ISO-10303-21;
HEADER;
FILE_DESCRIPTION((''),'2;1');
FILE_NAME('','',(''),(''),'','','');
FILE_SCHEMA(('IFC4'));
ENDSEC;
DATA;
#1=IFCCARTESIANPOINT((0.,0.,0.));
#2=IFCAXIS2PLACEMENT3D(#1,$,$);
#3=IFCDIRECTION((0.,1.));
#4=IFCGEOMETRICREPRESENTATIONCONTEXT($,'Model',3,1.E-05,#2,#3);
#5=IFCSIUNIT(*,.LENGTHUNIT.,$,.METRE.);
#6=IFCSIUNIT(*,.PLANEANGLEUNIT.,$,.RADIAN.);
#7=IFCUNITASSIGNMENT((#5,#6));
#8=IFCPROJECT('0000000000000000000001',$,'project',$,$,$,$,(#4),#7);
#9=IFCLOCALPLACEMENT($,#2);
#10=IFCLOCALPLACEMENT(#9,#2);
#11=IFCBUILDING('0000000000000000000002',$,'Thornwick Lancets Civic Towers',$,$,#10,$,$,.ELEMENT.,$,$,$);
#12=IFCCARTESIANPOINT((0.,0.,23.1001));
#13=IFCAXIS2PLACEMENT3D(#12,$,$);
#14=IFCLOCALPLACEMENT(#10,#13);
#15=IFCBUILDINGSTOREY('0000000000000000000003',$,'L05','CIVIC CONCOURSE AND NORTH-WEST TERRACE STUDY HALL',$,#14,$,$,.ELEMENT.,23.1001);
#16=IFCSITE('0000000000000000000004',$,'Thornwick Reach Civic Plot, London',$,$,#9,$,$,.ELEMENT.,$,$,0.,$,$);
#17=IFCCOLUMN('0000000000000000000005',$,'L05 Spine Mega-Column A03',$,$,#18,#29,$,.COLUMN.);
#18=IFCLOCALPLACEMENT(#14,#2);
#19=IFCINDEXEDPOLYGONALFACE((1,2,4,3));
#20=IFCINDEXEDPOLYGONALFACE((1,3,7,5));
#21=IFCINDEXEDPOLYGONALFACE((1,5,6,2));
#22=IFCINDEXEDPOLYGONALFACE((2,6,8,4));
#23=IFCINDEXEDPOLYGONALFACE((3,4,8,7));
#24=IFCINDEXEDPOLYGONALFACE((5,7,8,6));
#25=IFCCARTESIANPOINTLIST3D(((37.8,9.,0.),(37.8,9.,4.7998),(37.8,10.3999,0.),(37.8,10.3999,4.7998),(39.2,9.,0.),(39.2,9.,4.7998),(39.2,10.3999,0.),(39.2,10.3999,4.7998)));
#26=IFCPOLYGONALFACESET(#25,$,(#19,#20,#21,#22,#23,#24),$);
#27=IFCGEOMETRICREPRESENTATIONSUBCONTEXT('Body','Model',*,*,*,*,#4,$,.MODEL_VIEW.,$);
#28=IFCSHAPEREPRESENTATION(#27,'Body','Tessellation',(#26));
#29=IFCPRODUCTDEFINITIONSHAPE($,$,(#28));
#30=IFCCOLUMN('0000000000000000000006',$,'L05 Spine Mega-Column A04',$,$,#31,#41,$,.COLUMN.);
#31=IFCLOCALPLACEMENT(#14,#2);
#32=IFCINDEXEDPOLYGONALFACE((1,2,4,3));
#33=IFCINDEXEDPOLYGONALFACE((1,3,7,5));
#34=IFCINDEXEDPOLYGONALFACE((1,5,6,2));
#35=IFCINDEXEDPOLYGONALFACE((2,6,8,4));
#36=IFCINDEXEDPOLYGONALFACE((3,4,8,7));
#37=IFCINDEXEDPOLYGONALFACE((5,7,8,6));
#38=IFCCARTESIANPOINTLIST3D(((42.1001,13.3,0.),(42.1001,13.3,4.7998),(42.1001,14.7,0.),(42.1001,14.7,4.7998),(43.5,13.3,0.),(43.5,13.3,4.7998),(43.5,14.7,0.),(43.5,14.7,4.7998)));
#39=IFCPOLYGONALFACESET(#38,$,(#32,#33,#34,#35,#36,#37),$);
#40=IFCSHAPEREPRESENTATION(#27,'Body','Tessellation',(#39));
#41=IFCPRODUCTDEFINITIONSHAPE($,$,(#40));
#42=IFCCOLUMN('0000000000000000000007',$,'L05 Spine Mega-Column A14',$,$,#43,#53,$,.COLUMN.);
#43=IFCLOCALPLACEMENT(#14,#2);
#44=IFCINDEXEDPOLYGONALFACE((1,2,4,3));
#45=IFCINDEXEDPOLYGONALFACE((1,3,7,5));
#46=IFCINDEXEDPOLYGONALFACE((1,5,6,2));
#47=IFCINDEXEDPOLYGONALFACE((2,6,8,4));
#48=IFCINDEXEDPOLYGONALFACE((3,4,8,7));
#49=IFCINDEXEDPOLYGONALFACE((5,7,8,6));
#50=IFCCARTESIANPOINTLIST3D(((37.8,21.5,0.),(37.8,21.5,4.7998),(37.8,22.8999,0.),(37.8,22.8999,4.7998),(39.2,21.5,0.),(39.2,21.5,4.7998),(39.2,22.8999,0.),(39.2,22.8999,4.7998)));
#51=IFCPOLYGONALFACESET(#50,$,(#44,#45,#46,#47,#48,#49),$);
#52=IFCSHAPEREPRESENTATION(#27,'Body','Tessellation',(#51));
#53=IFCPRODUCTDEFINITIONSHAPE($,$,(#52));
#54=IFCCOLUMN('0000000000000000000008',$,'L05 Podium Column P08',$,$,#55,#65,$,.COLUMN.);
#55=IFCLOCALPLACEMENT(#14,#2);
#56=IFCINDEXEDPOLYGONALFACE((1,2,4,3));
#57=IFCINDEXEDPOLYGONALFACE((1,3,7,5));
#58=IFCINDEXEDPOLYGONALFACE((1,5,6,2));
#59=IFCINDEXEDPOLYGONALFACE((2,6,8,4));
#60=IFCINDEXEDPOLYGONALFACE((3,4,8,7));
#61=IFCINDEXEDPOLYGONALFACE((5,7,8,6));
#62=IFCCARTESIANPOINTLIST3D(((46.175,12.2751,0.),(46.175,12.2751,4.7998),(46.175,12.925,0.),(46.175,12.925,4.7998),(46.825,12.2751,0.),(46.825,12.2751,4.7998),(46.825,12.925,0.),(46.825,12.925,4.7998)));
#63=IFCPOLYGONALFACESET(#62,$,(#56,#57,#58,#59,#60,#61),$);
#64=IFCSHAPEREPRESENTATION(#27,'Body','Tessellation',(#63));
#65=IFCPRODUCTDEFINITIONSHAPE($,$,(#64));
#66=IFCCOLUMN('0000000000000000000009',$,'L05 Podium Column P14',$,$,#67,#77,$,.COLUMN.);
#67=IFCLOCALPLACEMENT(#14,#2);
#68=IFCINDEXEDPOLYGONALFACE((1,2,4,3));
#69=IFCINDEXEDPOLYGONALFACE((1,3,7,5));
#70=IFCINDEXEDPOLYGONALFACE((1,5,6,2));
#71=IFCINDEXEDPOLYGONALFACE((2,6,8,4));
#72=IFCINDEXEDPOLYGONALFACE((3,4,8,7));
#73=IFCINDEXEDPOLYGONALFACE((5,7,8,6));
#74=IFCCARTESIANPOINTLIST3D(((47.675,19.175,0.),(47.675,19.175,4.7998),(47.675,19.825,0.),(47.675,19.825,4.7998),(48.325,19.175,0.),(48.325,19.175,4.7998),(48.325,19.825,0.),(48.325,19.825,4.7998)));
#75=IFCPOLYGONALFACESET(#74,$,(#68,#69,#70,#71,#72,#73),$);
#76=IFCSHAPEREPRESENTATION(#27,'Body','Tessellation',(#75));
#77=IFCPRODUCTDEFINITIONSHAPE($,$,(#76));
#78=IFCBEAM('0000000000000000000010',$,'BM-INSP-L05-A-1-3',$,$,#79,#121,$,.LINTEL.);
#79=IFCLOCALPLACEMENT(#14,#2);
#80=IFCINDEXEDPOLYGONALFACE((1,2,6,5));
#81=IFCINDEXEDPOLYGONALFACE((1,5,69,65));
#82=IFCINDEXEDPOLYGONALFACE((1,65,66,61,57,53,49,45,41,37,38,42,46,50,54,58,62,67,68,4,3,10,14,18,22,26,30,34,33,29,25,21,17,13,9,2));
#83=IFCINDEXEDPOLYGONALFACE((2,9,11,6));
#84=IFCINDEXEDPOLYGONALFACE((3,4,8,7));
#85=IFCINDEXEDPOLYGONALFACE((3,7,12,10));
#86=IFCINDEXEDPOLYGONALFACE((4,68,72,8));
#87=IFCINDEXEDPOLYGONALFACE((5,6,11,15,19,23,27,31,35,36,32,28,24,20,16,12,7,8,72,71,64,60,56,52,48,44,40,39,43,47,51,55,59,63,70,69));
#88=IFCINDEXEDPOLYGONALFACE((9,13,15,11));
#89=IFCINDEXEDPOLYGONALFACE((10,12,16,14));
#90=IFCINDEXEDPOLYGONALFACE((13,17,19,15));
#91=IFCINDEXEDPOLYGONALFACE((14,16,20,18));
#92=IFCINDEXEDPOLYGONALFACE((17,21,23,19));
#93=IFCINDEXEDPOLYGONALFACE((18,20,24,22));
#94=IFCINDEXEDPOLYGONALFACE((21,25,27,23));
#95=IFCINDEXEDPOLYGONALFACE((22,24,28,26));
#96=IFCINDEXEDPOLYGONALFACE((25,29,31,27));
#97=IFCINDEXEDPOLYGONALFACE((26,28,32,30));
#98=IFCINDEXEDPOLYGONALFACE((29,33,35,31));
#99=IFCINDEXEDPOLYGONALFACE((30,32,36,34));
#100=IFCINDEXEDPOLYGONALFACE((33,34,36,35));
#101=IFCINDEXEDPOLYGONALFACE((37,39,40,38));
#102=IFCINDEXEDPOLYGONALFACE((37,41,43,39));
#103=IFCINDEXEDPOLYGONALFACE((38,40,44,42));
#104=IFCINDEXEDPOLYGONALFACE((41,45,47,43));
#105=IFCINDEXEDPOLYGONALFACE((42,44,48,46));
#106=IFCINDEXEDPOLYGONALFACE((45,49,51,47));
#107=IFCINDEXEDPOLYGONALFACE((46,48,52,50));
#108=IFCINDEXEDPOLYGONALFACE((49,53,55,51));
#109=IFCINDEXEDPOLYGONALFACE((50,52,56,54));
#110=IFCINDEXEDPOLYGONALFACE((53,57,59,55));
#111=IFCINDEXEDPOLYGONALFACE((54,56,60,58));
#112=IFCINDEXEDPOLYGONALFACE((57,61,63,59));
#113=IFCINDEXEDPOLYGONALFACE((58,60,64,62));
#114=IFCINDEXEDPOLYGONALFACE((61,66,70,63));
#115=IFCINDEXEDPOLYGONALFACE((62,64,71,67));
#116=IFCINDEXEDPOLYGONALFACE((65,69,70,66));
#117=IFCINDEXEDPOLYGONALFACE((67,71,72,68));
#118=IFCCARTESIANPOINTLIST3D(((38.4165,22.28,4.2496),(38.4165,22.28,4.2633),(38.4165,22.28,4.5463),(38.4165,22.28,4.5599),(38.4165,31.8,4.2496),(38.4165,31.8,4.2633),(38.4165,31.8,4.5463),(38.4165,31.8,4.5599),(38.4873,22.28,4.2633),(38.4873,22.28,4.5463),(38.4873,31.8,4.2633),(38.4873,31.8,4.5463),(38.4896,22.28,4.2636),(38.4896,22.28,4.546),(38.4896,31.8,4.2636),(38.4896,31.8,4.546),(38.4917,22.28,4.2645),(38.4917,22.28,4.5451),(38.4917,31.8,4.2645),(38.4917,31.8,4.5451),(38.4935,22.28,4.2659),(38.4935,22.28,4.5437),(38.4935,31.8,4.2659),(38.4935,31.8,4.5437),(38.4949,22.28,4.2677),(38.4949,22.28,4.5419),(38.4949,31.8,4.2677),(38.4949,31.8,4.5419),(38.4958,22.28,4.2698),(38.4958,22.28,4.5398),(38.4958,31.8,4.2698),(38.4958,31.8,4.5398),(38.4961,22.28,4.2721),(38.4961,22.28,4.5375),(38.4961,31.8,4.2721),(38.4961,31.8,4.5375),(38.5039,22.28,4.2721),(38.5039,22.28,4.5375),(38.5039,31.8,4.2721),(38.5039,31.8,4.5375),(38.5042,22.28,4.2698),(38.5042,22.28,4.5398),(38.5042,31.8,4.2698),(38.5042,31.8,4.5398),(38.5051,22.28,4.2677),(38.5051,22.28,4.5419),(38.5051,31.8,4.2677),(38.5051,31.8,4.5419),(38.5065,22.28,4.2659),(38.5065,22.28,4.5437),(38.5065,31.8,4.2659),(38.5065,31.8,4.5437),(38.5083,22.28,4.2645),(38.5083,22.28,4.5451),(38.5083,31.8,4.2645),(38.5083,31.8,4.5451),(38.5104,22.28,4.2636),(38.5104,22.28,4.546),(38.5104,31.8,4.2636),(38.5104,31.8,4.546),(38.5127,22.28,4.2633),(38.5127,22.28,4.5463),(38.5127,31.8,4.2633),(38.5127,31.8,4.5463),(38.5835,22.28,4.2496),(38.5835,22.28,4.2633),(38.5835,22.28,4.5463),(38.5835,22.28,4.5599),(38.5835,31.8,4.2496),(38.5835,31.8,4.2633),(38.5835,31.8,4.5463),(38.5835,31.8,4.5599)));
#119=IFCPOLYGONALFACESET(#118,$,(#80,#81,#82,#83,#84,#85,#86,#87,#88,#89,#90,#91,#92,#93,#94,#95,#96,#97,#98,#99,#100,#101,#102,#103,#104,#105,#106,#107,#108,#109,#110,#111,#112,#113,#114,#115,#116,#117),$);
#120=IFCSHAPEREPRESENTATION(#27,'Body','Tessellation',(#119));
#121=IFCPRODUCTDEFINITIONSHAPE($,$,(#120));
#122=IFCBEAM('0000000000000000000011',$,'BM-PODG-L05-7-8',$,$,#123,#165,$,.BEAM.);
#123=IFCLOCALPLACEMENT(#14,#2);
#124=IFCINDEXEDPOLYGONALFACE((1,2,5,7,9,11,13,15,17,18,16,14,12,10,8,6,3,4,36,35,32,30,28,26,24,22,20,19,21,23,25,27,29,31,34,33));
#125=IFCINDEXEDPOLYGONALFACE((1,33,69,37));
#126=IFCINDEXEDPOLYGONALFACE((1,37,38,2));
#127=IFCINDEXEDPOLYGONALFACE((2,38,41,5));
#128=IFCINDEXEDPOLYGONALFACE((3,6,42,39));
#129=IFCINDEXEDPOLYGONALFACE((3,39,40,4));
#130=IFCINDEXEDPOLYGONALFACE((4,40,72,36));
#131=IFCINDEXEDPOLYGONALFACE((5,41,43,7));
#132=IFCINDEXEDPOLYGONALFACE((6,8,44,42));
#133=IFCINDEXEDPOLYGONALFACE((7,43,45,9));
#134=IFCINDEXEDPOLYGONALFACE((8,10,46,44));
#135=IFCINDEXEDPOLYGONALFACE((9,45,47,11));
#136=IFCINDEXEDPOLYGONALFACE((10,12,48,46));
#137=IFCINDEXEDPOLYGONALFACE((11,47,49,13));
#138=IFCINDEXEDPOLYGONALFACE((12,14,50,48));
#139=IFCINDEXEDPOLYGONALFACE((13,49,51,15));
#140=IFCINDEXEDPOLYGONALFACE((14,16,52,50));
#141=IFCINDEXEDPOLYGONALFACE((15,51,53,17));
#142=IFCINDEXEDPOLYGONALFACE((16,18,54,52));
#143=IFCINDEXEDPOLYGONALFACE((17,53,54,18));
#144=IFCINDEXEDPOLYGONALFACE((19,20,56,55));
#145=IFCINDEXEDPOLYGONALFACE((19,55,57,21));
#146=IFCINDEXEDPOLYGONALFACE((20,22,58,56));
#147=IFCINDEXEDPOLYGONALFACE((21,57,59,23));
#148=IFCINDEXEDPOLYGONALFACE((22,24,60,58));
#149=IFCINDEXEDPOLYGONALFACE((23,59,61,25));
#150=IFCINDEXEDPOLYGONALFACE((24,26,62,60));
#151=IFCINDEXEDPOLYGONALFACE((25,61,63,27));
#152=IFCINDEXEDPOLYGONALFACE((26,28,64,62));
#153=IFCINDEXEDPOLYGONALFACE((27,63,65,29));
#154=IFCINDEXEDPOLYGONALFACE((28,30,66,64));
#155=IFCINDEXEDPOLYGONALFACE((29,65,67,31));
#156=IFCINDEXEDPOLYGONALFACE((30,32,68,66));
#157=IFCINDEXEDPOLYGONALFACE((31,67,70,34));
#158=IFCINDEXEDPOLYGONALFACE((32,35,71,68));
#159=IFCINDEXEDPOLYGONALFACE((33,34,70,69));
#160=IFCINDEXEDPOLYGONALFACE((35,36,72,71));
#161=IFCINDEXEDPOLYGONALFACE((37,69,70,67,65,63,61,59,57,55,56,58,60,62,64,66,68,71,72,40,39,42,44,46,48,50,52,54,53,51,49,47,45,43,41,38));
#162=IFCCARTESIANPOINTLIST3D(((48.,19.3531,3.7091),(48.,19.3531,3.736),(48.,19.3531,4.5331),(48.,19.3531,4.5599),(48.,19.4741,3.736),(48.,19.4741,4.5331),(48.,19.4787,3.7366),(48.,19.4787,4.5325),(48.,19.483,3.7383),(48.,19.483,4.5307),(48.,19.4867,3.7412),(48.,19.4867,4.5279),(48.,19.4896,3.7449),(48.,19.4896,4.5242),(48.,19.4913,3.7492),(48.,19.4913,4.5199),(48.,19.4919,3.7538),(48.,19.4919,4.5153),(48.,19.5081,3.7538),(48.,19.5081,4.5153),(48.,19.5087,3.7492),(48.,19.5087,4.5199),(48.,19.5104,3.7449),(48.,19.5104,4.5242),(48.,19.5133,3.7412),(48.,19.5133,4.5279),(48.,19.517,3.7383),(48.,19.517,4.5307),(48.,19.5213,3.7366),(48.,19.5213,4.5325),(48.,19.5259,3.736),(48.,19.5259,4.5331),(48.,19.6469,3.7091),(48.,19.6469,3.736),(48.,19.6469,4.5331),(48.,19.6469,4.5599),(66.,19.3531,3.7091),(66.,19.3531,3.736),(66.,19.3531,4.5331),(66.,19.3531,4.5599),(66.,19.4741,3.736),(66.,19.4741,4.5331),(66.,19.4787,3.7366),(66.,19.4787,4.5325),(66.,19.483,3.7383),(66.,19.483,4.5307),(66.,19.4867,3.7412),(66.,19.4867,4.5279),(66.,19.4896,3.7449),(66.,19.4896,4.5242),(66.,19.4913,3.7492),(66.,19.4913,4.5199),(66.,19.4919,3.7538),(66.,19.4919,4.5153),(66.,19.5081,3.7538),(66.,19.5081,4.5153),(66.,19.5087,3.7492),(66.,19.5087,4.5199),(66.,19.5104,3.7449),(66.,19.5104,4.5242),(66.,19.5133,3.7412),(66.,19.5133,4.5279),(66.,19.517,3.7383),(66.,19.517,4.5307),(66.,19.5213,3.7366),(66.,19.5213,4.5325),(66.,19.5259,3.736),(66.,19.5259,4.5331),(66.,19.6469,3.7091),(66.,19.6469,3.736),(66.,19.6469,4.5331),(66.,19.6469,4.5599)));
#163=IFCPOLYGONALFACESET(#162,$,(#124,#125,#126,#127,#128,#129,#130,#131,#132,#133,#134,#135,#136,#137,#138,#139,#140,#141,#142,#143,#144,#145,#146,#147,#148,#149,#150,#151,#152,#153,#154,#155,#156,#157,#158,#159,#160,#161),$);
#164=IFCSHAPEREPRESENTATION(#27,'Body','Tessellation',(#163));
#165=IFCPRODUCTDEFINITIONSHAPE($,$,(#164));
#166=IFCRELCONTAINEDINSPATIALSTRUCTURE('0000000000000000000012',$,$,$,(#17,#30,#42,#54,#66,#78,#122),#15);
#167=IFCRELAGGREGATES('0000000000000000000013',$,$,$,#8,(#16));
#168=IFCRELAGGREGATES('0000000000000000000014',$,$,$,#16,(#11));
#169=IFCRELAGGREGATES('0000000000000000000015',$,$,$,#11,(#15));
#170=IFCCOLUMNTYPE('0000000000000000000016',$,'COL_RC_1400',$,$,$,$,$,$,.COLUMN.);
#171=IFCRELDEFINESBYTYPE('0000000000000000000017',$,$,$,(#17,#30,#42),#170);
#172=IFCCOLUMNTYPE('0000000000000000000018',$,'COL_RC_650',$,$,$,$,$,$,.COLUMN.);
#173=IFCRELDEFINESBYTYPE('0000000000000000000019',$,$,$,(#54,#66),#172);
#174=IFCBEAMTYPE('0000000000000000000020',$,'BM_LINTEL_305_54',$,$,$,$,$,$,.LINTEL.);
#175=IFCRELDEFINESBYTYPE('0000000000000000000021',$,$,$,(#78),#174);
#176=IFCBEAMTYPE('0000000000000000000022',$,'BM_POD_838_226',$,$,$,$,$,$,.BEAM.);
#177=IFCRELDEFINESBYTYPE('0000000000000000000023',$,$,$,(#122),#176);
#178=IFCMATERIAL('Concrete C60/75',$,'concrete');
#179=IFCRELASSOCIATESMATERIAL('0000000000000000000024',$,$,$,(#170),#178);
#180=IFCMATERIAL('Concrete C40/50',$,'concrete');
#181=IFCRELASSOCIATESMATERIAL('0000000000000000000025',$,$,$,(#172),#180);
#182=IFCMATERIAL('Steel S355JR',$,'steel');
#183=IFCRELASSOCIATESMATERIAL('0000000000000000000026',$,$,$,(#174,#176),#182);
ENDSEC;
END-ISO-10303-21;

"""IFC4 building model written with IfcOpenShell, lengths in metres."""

from ifc_helpers import new_model, si_unit, direction, frame, origin, origin_2d, place, context, subcontext, project, spatial, rectangle, i_section, extrude, material, material_profile, profile_set, type_object, element, save


model = new_model("IFC4")

# Units and contexts
model_context = context("Model", 3, precision=1e-05, world=origin(), true_north=direction((0.0, 1.0)))
body_context = subcontext(model_context, "Body", "Model", "MODEL_VIEW")
ifc_project = project(units=[si_unit("LENGTHUNIT", "METRE"), si_unit("PLANEANGLEUNIT", "RADIAN")], contexts=[model_context])

# Site, building, storey
site_placement = place(None, origin())
site = spatial("IfcSite", under=ifc_project, at=site_placement, Name="Thornwick Reach Civic Plot, London", CompositionType="ELEMENT", RefElevation=0.0)
building_placement = place(site_placement, origin())
building = spatial("IfcBuilding", under=site, at=building_placement, Name="Thornwick Lancets Civic Towers", CompositionType="ELEMENT")
storey_placement = place(building_placement, frame((0.0, 0.0, 23.1001)))
storey = spatial("IfcBuildingStorey", under=building, at=storey_placement, Name="L05", Description="CIVIC CONCOURSE AND NORTH-WEST TERRACE STUDY HALL", CompositionType="ELEMENT", Elevation=23.1001)

# Columns
ifc_material_1 = material(Name="Concrete C60/75", Category="concrete")
ifc_material_profile_1 = material_profile(ifc_material_1, rectangle(XDim=1.3999, YDim=1.3999, at=origin_2d()), Name="RC 1400x1400")
ifc_profile_set_1 = profile_set([ifc_material_profile_1], Name="Concrete C60/75")
column_type_1 = type_object("IfcColumnType", Name="COL_RC_1400", PredefinedType="COLUMN", material=ifc_profile_set_1)
for number, where, z_axis, x_axis, name in (
    (1, (38.5, 9.7, 0.0), (0.0, 0.0, 1.0), (1.0, 0.0, 0.0), "L05 Spine Mega-Column A03"),
    (2, (42.8, 14.0, 0.0), (0.0, 0.0, 1.0), (1.0, 0.0, 0.0), "L05 Spine Mega-Column A04"),
    (3, (38.5, 22.2, 0.0), (0.0, 0.0, 1.0), (1.0, 0.0, 0.0), "L05 Spine Mega-Column A14"),
):
    element("IfcColumn", number, at=place(storey_placement, frame(where, z_axis=z_axis, x_axis=x_axis)), inside=storey, type_object=column_type_1, Name=name, PredefinedType="COLUMN", context=body_context, shape_type="SweptSolid", body=[
        extrude(rectangle(XDim=1.3999, YDim=1.3999, at=origin_2d()), origin(), (0.0, 0.0, 1.0), 4.7998),
    ])
ifc_material_2 = material(Name="Concrete C40/50", Category="concrete")
ifc_material_profile_2 = material_profile(ifc_material_2, rectangle(XDim=0.6499, YDim=0.6499, at=origin_2d()), Name="RC 650x650")
ifc_profile_set_2 = profile_set([ifc_material_profile_2], Name="Concrete C40/50")
column_type_2 = type_object("IfcColumnType", Name="COL_RC_650", PredefinedType="COLUMN", material=ifc_profile_set_2)
for number, where, z_axis, x_axis, name in (
    (4, (46.5, 12.6001, 0.0), (0.0, 0.0, 1.0), (1.0, 0.0, 0.0), "L05 Podium Column P08"),
    (5, (48.0, 19.5, 0.0), (0.0, 0.0, 1.0), (1.0, 0.0, 0.0), "L05 Podium Column P14"),
):
    element("IfcColumn", number, at=place(storey_placement, frame(where, z_axis=z_axis, x_axis=x_axis)), inside=storey, type_object=column_type_2, Name=name, PredefinedType="COLUMN", context=body_context, shape_type="SweptSolid", body=[
        extrude(rectangle(XDim=0.6499, YDim=0.6499, at=origin_2d()), origin(), (0.0, 0.0, 1.0), 4.7998),
    ])

# Beams
ifc_material_3 = material(Name="Steel S355JR", Category="steel")
ifc_material_profile_3 = material_profile(ifc_material_3, i_section(OverallWidth=0.167, OverallDepth=0.3103, WebThickness=0.0078, FlangeThickness=0.0137, FilletRadius=0.0088, at=origin_2d()), Name="UKB 305x165x54")
ifc_profile_set_3 = profile_set([ifc_material_profile_3], Name="Steel S355JR")
beam_type_1 = type_object("IfcBeamType", Name="BM_LINTEL_305_54", PredefinedType="LINTEL", material=ifc_profile_set_3)
beam_1_placement = place(storey_placement, frame((38.5, 22.28, 4.4048), z_axis=(0.0, 1.0, 0.0), x_axis=(-1.0, 0.0, 0.0)))
element("IfcBeam", 6, at=beam_1_placement, inside=storey, type_object=beam_type_1, Name="BM-INSP-L05-A-1-3", PredefinedType="LINTEL", context=body_context, shape_type="SweptSolid", body=[
    extrude(i_section(OverallWidth=0.167, OverallDepth=0.3103, WebThickness=0.0078, FlangeThickness=0.0137, FilletRadius=0.0088, at=origin_2d()), origin(), (0.0, 0.0, 1.0), 9.52),
])
ifc_material_profile_4 = material_profile(ifc_material_3, i_section(OverallWidth=0.2937, OverallDepth=0.8508, WebThickness=0.0161, FlangeThickness=0.0269, FilletRadius=0.0178, at=origin_2d()), Name="UKB 838x292x226")
ifc_profile_set_4 = profile_set([ifc_material_profile_4], Name="Steel S355JR")
beam_type_2 = type_object("IfcBeamType", Name="BM_POD_838_226", PredefinedType="BEAM", material=ifc_profile_set_4)
beam_2_placement = place(storey_placement, frame((48.0, 19.5, 4.1345), z_axis=(1.0, 0.0, 0.0), x_axis=(0.0, 1.0, 0.0)))
element("IfcBeam", 7, at=beam_2_placement, inside=storey, type_object=beam_type_2, Name="BM-PODG-L05-7-8", PredefinedType="BEAM", context=body_context, shape_type="SweptSolid", body=[
    extrude(i_section(OverallWidth=0.2937, OverallDepth=0.8508, WebThickness=0.0161, FlangeThickness=0.0269, FilletRadius=0.0178, at=origin_2d()), origin(), (0.0, 0.0, 1.0), 18.0),
])

save(model, "model.ifc")
